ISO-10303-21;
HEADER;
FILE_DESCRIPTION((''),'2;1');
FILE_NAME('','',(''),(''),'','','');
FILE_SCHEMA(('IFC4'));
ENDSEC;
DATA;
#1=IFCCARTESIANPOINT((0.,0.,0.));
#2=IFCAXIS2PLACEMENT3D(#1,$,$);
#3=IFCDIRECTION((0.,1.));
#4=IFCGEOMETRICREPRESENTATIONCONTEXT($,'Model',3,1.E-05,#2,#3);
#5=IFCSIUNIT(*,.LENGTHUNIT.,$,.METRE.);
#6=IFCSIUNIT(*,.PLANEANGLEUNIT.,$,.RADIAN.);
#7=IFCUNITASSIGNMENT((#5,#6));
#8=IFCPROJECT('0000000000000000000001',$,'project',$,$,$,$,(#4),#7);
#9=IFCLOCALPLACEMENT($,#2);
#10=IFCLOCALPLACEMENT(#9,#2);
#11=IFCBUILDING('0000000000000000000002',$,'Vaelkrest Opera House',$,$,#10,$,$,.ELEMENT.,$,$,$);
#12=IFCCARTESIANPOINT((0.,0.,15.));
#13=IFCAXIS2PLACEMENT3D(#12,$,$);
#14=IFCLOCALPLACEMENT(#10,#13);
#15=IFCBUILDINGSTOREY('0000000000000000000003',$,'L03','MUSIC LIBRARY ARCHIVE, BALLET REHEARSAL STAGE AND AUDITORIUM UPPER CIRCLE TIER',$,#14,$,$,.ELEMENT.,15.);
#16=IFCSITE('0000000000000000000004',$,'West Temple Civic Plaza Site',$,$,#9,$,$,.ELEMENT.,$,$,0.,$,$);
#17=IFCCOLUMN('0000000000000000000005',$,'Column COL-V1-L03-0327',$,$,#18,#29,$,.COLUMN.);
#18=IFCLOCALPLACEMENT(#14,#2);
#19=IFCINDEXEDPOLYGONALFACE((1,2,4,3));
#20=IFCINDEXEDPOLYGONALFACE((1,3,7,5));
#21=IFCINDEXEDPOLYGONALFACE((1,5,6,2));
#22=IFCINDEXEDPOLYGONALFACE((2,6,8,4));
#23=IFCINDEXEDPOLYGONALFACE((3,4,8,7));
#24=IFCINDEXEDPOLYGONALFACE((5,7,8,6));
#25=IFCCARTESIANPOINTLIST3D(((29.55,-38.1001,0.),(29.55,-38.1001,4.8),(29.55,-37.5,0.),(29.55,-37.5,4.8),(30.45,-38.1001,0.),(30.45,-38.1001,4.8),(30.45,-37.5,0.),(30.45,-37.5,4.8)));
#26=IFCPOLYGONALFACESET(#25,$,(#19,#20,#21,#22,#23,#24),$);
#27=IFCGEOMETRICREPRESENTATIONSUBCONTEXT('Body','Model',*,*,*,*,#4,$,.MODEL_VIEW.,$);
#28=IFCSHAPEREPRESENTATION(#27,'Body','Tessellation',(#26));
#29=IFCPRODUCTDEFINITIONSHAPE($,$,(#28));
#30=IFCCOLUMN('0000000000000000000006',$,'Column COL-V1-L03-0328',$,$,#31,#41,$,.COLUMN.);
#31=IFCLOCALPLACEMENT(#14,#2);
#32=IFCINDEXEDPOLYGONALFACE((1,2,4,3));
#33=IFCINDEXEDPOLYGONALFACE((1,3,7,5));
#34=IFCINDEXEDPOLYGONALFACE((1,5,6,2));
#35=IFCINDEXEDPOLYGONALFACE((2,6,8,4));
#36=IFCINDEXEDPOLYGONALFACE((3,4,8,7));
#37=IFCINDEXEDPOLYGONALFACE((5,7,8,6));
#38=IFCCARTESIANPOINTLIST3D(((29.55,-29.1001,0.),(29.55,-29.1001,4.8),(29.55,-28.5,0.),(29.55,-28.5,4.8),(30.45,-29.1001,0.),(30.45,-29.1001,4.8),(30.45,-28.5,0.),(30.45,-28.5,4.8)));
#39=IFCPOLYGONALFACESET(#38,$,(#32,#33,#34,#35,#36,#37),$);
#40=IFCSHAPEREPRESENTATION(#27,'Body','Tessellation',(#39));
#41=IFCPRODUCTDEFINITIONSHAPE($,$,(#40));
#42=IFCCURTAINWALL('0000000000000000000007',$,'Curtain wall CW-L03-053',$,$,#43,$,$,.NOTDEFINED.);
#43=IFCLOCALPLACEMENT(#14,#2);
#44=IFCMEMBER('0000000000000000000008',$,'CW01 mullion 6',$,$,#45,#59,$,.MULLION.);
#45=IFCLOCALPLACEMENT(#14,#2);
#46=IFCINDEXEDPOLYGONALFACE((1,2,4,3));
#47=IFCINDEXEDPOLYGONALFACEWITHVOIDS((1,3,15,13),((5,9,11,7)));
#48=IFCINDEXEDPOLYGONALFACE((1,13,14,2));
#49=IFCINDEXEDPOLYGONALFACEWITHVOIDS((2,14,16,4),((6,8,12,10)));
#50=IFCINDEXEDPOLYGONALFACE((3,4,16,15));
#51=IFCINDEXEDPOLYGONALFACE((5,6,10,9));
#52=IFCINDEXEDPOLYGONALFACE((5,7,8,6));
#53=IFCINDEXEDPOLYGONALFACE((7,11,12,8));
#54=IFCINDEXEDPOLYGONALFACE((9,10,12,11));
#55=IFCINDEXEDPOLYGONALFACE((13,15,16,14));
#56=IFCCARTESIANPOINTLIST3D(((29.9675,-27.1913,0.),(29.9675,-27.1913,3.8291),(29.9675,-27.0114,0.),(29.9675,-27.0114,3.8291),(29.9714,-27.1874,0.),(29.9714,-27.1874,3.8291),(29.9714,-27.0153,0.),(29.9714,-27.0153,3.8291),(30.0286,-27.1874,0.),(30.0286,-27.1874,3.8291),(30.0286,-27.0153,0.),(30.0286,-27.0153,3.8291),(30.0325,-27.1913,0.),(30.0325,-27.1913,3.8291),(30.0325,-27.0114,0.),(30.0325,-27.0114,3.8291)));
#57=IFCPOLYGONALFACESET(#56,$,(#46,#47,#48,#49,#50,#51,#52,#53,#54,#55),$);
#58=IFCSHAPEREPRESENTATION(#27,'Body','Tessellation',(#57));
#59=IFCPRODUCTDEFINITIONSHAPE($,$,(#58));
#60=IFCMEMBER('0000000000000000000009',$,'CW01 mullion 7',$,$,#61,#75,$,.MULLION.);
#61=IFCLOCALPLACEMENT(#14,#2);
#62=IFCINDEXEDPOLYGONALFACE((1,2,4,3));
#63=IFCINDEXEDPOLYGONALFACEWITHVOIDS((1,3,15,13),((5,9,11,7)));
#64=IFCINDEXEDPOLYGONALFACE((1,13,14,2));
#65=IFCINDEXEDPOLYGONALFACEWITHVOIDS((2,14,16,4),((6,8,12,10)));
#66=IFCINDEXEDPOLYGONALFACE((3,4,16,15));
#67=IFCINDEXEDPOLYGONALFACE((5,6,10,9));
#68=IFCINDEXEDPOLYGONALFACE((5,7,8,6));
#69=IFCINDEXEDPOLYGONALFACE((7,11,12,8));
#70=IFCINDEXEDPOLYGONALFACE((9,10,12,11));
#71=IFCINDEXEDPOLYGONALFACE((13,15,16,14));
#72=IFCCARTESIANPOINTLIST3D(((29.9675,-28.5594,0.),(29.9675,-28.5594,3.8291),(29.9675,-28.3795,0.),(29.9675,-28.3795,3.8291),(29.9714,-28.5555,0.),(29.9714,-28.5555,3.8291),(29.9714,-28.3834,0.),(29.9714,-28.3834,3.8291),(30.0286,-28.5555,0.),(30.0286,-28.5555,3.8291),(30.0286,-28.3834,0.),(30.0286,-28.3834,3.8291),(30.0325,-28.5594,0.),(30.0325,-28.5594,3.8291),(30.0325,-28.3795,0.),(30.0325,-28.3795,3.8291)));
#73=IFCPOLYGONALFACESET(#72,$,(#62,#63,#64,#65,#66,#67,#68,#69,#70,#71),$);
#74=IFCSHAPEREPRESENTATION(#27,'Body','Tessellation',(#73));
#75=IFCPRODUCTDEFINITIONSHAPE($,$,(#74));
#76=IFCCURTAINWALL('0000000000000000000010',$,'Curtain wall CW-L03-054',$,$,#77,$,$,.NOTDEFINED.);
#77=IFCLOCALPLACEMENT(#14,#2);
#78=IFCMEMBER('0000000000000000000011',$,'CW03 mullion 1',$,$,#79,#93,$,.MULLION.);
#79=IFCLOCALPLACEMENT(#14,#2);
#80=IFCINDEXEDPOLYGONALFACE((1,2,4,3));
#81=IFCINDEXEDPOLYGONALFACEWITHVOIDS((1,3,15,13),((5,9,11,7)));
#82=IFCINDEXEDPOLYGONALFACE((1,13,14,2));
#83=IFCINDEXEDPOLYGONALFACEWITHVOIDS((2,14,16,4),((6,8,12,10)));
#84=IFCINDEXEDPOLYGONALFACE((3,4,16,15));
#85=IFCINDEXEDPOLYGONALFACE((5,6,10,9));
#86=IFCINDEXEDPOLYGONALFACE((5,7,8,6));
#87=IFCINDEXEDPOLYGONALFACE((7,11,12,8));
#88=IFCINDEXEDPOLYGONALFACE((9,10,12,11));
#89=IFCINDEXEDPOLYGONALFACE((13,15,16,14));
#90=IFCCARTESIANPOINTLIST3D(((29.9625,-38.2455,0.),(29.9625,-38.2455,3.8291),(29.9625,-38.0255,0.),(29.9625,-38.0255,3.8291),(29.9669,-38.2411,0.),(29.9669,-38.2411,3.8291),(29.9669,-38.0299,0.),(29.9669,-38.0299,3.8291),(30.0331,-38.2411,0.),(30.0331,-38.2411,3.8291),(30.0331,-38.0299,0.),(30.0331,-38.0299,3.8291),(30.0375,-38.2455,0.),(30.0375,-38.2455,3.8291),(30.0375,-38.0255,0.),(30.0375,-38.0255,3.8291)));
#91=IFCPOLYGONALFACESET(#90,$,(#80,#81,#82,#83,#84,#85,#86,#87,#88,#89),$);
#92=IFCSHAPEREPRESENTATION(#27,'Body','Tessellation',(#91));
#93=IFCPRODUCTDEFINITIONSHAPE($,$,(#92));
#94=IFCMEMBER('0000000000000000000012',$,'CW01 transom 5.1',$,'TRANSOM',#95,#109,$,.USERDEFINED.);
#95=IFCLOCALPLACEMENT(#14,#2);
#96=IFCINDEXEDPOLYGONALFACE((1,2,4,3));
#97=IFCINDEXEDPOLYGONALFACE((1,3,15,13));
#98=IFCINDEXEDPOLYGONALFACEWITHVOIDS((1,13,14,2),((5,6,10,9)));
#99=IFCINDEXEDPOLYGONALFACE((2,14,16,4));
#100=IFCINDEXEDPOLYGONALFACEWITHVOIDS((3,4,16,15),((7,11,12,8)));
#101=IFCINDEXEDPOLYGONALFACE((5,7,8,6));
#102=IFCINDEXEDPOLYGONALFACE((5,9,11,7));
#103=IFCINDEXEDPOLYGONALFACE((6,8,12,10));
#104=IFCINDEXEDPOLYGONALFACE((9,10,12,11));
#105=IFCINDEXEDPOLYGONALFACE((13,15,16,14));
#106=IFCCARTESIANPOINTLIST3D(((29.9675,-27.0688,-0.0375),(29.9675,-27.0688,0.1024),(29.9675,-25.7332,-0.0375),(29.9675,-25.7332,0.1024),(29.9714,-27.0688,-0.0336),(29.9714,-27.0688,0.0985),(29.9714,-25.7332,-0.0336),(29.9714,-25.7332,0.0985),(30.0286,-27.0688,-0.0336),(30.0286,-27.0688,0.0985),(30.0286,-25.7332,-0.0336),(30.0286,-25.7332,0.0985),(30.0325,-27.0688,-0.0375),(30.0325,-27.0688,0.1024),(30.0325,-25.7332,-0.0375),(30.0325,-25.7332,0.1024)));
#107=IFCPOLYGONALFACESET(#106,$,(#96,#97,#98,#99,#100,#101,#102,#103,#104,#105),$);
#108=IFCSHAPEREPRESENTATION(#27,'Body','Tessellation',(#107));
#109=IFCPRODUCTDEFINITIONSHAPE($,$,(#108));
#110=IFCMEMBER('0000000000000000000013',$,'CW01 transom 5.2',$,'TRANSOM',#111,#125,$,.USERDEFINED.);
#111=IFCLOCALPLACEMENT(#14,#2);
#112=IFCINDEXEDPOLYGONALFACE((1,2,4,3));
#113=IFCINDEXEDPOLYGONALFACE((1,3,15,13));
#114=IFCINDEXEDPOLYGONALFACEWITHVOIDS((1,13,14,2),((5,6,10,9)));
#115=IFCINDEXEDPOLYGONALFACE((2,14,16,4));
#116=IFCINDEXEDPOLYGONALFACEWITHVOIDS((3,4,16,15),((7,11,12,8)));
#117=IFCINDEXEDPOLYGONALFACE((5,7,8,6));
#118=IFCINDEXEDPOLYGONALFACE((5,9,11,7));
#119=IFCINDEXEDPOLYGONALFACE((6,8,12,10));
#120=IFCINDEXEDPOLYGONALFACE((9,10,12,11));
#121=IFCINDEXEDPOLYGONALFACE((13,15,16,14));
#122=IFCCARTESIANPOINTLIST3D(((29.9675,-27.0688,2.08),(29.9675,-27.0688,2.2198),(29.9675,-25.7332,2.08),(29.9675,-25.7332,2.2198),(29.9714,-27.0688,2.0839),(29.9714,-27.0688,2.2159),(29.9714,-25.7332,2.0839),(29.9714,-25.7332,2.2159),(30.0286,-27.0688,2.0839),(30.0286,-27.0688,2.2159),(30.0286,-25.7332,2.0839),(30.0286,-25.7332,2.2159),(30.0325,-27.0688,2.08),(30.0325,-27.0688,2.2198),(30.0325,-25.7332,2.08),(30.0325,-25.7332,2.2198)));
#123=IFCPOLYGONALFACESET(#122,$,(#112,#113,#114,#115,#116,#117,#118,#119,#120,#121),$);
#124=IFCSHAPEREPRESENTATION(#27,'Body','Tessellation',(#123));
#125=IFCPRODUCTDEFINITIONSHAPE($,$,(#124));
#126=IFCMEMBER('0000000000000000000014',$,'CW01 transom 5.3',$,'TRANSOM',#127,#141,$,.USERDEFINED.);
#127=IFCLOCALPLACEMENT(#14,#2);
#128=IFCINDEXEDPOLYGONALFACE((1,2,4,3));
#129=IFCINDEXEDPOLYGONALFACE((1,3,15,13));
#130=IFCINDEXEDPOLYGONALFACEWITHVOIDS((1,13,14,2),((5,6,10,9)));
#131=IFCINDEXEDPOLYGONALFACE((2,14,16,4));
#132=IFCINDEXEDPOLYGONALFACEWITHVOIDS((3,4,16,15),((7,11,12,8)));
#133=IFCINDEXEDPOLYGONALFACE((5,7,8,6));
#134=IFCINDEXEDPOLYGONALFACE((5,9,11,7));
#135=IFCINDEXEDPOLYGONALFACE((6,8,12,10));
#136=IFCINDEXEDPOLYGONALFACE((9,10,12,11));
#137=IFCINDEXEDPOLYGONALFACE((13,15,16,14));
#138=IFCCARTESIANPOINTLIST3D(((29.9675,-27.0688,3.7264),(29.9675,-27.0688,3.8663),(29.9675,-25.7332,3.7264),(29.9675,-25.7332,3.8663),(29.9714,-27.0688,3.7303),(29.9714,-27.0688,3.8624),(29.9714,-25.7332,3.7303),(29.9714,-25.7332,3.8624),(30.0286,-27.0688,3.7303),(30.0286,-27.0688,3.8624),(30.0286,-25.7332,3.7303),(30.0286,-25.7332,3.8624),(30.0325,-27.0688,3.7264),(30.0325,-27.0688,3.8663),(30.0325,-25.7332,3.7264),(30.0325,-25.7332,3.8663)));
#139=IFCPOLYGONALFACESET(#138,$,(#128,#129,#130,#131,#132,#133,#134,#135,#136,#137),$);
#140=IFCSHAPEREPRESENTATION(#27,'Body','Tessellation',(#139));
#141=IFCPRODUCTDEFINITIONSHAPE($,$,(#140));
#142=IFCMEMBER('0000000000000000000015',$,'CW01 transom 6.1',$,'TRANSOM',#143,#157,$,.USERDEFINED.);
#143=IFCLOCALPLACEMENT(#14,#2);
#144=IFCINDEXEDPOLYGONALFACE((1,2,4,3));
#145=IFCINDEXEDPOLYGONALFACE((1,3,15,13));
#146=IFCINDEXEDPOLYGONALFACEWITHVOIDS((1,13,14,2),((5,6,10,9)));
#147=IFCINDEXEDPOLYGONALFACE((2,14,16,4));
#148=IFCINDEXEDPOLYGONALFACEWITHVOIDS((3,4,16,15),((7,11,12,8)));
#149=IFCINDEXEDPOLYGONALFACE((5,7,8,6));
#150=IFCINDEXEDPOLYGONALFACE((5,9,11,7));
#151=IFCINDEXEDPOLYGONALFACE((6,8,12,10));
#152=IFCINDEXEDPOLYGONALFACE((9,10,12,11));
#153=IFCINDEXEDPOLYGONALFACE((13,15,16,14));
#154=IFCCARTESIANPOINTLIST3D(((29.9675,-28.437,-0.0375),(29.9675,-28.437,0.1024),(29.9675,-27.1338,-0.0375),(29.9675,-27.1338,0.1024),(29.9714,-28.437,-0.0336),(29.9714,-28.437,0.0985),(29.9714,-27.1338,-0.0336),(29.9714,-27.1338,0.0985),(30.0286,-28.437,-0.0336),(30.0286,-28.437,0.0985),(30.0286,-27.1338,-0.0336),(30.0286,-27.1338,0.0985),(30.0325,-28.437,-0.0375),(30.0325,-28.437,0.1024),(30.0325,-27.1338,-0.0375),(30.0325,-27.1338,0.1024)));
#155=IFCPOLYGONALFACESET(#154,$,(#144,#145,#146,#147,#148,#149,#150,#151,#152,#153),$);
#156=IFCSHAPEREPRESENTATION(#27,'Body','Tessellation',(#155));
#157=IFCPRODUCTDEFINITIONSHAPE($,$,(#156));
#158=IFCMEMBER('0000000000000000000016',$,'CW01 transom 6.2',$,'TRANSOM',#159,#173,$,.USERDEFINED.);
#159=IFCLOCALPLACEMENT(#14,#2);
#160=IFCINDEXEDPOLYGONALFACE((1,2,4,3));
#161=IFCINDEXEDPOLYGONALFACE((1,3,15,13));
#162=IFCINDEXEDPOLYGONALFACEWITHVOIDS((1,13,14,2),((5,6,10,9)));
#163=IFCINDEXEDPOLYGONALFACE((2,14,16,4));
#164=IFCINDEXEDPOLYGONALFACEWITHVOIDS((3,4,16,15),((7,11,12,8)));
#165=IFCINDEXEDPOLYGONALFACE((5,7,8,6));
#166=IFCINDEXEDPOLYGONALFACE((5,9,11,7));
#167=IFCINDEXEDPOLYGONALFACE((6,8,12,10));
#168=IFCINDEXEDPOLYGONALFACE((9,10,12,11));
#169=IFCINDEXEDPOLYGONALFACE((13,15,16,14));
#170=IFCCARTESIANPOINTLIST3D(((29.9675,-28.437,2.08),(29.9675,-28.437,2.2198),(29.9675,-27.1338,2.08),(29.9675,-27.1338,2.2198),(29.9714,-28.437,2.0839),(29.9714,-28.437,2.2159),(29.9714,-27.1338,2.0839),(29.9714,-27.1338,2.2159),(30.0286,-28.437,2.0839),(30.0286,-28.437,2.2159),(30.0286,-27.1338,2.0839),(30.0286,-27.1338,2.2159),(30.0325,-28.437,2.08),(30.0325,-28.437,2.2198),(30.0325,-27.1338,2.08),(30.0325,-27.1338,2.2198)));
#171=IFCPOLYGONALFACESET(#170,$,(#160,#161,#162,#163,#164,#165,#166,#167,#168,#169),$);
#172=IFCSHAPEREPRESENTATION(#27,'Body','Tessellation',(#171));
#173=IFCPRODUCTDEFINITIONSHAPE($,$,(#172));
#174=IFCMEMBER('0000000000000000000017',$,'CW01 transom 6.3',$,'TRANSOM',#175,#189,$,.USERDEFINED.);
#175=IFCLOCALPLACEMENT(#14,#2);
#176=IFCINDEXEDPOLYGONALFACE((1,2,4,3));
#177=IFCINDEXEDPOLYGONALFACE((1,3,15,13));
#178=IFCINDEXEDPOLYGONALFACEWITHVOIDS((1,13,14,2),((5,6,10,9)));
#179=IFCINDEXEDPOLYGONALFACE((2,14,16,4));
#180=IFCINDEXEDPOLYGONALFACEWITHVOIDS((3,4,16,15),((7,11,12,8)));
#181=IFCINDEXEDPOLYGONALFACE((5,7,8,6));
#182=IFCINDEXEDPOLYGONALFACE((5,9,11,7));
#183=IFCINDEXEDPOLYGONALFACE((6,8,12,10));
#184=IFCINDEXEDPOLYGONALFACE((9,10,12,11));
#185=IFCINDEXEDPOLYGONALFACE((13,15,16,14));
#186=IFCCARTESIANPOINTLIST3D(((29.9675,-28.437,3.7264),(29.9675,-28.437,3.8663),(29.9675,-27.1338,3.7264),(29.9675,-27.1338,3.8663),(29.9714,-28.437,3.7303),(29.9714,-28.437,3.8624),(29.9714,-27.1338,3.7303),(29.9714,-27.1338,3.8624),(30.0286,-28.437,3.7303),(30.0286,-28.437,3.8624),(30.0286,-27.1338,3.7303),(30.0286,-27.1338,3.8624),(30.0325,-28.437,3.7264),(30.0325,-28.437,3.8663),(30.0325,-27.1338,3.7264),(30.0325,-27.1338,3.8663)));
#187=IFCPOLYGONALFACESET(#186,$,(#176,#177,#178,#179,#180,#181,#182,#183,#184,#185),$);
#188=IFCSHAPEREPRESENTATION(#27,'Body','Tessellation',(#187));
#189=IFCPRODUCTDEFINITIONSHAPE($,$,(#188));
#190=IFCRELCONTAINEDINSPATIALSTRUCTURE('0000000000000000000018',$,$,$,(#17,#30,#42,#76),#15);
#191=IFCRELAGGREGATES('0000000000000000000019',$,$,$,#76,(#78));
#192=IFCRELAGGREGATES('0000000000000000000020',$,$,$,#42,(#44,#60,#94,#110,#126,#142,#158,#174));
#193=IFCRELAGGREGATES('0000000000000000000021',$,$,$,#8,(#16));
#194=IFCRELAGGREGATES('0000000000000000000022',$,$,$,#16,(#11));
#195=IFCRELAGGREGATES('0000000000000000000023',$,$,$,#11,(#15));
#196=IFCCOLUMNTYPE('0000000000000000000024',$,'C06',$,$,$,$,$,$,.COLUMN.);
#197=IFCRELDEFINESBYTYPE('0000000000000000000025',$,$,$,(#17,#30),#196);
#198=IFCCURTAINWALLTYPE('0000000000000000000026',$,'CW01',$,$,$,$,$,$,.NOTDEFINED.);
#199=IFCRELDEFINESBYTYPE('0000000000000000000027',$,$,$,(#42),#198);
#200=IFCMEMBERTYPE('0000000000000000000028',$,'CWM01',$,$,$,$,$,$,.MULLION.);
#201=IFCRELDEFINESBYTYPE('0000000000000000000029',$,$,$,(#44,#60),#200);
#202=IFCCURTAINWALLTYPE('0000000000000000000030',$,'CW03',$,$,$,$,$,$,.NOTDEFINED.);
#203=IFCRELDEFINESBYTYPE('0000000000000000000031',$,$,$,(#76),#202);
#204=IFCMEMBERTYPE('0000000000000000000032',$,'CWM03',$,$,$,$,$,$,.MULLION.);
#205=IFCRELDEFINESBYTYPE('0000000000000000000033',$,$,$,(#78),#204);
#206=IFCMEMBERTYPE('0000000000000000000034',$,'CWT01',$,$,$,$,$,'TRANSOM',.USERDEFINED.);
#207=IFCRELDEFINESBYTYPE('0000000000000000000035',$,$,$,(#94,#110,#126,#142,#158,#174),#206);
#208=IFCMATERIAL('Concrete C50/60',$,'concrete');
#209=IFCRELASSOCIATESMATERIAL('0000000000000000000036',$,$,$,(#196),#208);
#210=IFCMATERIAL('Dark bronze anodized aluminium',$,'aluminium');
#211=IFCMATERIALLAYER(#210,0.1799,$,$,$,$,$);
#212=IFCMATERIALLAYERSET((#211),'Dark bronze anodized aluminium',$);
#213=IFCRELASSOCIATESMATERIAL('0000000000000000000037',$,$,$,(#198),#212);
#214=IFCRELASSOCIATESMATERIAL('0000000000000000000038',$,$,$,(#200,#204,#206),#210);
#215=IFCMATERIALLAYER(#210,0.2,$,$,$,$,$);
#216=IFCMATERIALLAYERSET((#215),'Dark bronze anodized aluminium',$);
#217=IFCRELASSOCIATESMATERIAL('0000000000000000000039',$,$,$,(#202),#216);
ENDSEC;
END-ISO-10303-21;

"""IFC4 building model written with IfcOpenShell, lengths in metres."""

from ifc_helpers import new_model, si_unit, direction, frame, origin, origin_2d, place, context, subcontext, project, spatial, rectangle, hollow_rectangle, extrude, material, layer, layer_set, material_profile, profile_set, type_object, element, aggregate, save


model = new_model("IFC4")

# Units and contexts
model_context = context("Model", 3, precision=1e-05, world=origin(), true_north=direction((0.0, 1.0)))
body_context = subcontext(model_context, "Body", "Model", "MODEL_VIEW")
ifc_project = project(units=[si_unit("LENGTHUNIT", "METRE"), si_unit("PLANEANGLEUNIT", "RADIAN")], contexts=[model_context])

# Site, building, storey
site_placement = place(None, origin())
site = spatial("IfcSite", under=ifc_project, at=site_placement, Name="West Temple Civic Plaza Site", CompositionType="ELEMENT", RefElevation=0.0)
building_placement = place(site_placement, origin())
building = spatial("IfcBuilding", under=site, at=building_placement, Name="Vaelkrest Opera House", CompositionType="ELEMENT")
storey_placement = place(building_placement, frame((0.0, 0.0, 15.0)))
storey = spatial("IfcBuildingStorey", under=building, at=storey_placement, Name="L03", Description="MUSIC LIBRARY ARCHIVE, BALLET REHEARSAL STAGE AND AUDITORIUM UPPER CIRCLE TIER", CompositionType="ELEMENT", Elevation=15.0)

# Columns
ifc_material_1 = material(Name="Concrete C50/60", Category="concrete")
ifc_material_profile_1 = material_profile(ifc_material_1, rectangle(XDim=0.6001, YDim=0.8999, at=origin_2d()), Name="RC600X900")
ifc_profile_set_1 = profile_set([ifc_material_profile_1], Name="Concrete C50/60")
column_type = type_object("IfcColumnType", Name="C06", PredefinedType="COLUMN", material=ifc_profile_set_1)
for number, where, z_axis, x_axis, name in (
    (1, (30.0, -37.8, 0.0), (0.0, 0.0, 1.0), (0.0, 1.0, 0.0), "Column COL-V1-L03-0327"),
    (2, (30.0, -28.8, 0.0), (0.0, 0.0, 1.0), (0.0, 1.0, 0.0), "Column COL-V1-L03-0328"),
):
    element("IfcColumn", number, at=place(storey_placement, frame(where, z_axis=z_axis, x_axis=x_axis)), inside=storey, type_object=column_type, Name=name, PredefinedType="COLUMN", context=body_context, shape_type="SweptSolid", body=[
        extrude(rectangle(XDim=0.6001, YDim=0.8999, at=origin_2d()), origin(), (0.0, 0.0, 1.0), 4.8),
    ])

# Curtain wall, members
ifc_material_2 = material(Name="Dark bronze anodized aluminium", Category="aluminium")
ifc_layer_1 = layer(ifc_material_2, 0.1799)
ifc_layer_set_1 = layer_set([ifc_layer_1], Name="Dark bronze anodized aluminium")
curtain_wall_type_1 = type_object("IfcCurtainWallType", Name="CW01", PredefinedType="NOTDEFINED", material=ifc_layer_set_1)
curtain_wall_1_placement = place(storey_placement, origin())
curtain_wall_1 = element("IfcCurtainWall", 3, at=curtain_wall_1_placement, inside=storey, type_object=curtain_wall_type_1, Name="Curtain wall CW-L03-053", PredefinedType="NOTDEFINED")
ifc_material_profile_2 = material_profile(ifc_material_2, hollow_rectangle(XDim=0.0649, YDim=0.1799, WallThickness=0.0039, at=origin_2d()), Name="CWM65X180")
ifc_profile_set_2 = profile_set([ifc_material_profile_2], Name="Dark bronze anodized aluminium")
member_type_1 = type_object("IfcMemberType", Name="CWM01", PredefinedType="MULLION", material=ifc_profile_set_2)
member_1_placement = place(storey_placement, frame((30.0, -27.1013, 0.0), z_axis=(0.0, 0.0, 1.0), x_axis=(1.0, 0.0, 0.0)))
member_1 = element("IfcMember", 4, at=member_1_placement, type_object=member_type_1, Name="CW01 mullion 6", PredefinedType="MULLION", context=body_context, shape_type="SweptSolid", body=[
    extrude(hollow_rectangle(XDim=0.0649, YDim=0.1799, WallThickness=0.0039, at=origin_2d()), origin(), (0.0, 0.0, 1.0), 3.8291),
])
member_2_placement = place(storey_placement, frame((30.0, -28.4695, 0.0), z_axis=(0.0, 0.0, 1.0), x_axis=(1.0, 0.0, 0.0)))
member_2 = element("IfcMember", 5, at=member_2_placement, type_object=member_type_1, Name="CW01 mullion 7", PredefinedType="MULLION", context=body_context, shape_type="SweptSolid", body=[
    extrude(hollow_rectangle(XDim=0.0649, YDim=0.1799, WallThickness=0.0039, at=origin_2d()), origin(), (0.0, 0.0, 1.0), 3.8291),
])

# Curtain wall, member
ifc_layer_2 = layer(ifc_material_2, 0.2)
ifc_layer_set_2 = layer_set([ifc_layer_2], Name="Dark bronze anodized aluminium")
curtain_wall_type_2 = type_object("IfcCurtainWallType", Name="CW03", PredefinedType="NOTDEFINED", material=ifc_layer_set_2)
curtain_wall_2_placement = place(storey_placement, origin())
curtain_wall_2 = element("IfcCurtainWall", 6, at=curtain_wall_2_placement, inside=storey, type_object=curtain_wall_type_2, Name="Curtain wall CW-L03-054", PredefinedType="NOTDEFINED")
ifc_material_profile_3 = material_profile(ifc_material_2, hollow_rectangle(XDim=0.075, YDim=0.22, WallThickness=0.0044, at=origin_2d()), Name="CWM75X220")
ifc_profile_set_3 = profile_set([ifc_material_profile_3], Name="Dark bronze anodized aluminium")
member_type_2 = type_object("IfcMemberType", Name="CWM03", PredefinedType="MULLION", material=ifc_profile_set_3)
member_3_placement = place(storey_placement, frame((30.0, -38.1355, 0.0), z_axis=(0.0, 0.0, 1.0), x_axis=(1.0, 0.0, 0.0)))
member_3 = element("IfcMember", 7, at=member_3_placement, type_object=member_type_2, Name="CW03 mullion 1", PredefinedType="MULLION", context=body_context, shape_type="SweptSolid", body=[
    extrude(hollow_rectangle(XDim=0.075, YDim=0.22, WallThickness=0.0044, at=origin_2d()), origin(), (0.0, 0.0, 1.0), 3.8291),
])

# Members
ifc_material_profile_4 = material_profile(ifc_material_2, hollow_rectangle(XDim=0.0649, YDim=0.1399, WallThickness=0.0039, at=origin_2d()), Name="CWT65X140")
ifc_profile_set_4 = profile_set([ifc_material_profile_4], Name="Dark bronze anodized aluminium")
member_type_3 = type_object("IfcMemberType", Name="CWT01", ElementType="TRANSOM", PredefinedType="USERDEFINED", material=ifc_profile_set_4)
member_4_placement = place(storey_placement, frame((30.0, -25.7332, 0.0325), z_axis=(0.0, -1.0, 0.0), x_axis=(1.0, 0.0, 0.0)))
member_4 = element("IfcMember", 8, at=member_4_placement, type_object=member_type_3, Name="CW01 transom 5.1", ObjectType="TRANSOM", PredefinedType="USERDEFINED", context=body_context, shape_type="SweptSolid", body=[
    extrude(hollow_rectangle(XDim=0.0649, YDim=0.1399, WallThickness=0.0039, at=origin_2d()), origin(), (0.0, 0.0, 1.0), 1.3357),
])
member_5_placement = place(storey_placement, frame((30.0, -25.7332, 2.1499), z_axis=(0.0, -1.0, 0.0), x_axis=(1.0, 0.0, 0.0)))
member_5 = element("IfcMember", 9, at=member_5_placement, type_object=member_type_3, Name="CW01 transom 5.2", ObjectType="TRANSOM", PredefinedType="USERDEFINED", context=body_context, shape_type="SweptSolid", body=[
    extrude(hollow_rectangle(XDim=0.0649, YDim=0.1399, WallThickness=0.0039, at=origin_2d()), origin(), (0.0, 0.0, 1.0), 1.3357),
])
member_6_placement = place(storey_placement, frame((30.0, -25.7332, 3.7964), z_axis=(0.0, -1.0, 0.0), x_axis=(1.0, 0.0, 0.0)))
member_6 = element("IfcMember", 10, at=member_6_placement, type_object=member_type_3, Name="CW01 transom 5.3", ObjectType="TRANSOM", PredefinedType="USERDEFINED", context=body_context, shape_type="SweptSolid", body=[
    extrude(hollow_rectangle(XDim=0.0649, YDim=0.1399, WallThickness=0.0039, at=origin_2d()), origin(), (0.0, 0.0, 1.0), 1.3357),
])
member_7_placement = place(storey_placement, frame((30.0, -27.1338, 0.0325), z_axis=(0.0, -1.0, 0.0), x_axis=(1.0, 0.0, 0.0)))
member_7 = element("IfcMember", 11, at=member_7_placement, type_object=member_type_3, Name="CW01 transom 6.1", ObjectType="TRANSOM", PredefinedType="USERDEFINED", context=body_context, shape_type="SweptSolid", body=[
    extrude(hollow_rectangle(XDim=0.0649, YDim=0.1399, WallThickness=0.0039, at=origin_2d()), origin(), (0.0, 0.0, 1.0), 1.3032),
])
member_8_placement = place(storey_placement, frame((30.0, -27.1338, 2.1499), z_axis=(0.0, -1.0, 0.0), x_axis=(1.0, 0.0, 0.0)))
member_8 = element("IfcMember", 12, at=member_8_placement, type_object=member_type_3, Name="CW01 transom 6.2", ObjectType="TRANSOM", PredefinedType="USERDEFINED", context=body_context, shape_type="SweptSolid", body=[
    extrude(hollow_rectangle(XDim=0.0649, YDim=0.1399, WallThickness=0.0039, at=origin_2d()), origin(), (0.0, 0.0, 1.0), 1.3032),
])
member_9_placement = place(storey_placement, frame((30.0, -27.1338, 3.7964), z_axis=(0.0, -1.0, 0.0), x_axis=(1.0, 0.0, 0.0)))
member_9 = element("IfcMember", 13, at=member_9_placement, type_object=member_type_3, Name="CW01 transom 6.3", ObjectType="TRANSOM", PredefinedType="USERDEFINED", context=body_context, shape_type="SweptSolid", body=[
    extrude(hollow_rectangle(XDim=0.0649, YDim=0.1399, WallThickness=0.0039, at=origin_2d()), origin(), (0.0, 0.0, 1.0), 1.3032),
])
aggregate(curtain_wall_2, [member_3])

aggregate(curtain_wall_1, [member_1, member_2, member_4, member_5, member_6, member_7, member_8, member_9])

save(model, "model.ifc")
